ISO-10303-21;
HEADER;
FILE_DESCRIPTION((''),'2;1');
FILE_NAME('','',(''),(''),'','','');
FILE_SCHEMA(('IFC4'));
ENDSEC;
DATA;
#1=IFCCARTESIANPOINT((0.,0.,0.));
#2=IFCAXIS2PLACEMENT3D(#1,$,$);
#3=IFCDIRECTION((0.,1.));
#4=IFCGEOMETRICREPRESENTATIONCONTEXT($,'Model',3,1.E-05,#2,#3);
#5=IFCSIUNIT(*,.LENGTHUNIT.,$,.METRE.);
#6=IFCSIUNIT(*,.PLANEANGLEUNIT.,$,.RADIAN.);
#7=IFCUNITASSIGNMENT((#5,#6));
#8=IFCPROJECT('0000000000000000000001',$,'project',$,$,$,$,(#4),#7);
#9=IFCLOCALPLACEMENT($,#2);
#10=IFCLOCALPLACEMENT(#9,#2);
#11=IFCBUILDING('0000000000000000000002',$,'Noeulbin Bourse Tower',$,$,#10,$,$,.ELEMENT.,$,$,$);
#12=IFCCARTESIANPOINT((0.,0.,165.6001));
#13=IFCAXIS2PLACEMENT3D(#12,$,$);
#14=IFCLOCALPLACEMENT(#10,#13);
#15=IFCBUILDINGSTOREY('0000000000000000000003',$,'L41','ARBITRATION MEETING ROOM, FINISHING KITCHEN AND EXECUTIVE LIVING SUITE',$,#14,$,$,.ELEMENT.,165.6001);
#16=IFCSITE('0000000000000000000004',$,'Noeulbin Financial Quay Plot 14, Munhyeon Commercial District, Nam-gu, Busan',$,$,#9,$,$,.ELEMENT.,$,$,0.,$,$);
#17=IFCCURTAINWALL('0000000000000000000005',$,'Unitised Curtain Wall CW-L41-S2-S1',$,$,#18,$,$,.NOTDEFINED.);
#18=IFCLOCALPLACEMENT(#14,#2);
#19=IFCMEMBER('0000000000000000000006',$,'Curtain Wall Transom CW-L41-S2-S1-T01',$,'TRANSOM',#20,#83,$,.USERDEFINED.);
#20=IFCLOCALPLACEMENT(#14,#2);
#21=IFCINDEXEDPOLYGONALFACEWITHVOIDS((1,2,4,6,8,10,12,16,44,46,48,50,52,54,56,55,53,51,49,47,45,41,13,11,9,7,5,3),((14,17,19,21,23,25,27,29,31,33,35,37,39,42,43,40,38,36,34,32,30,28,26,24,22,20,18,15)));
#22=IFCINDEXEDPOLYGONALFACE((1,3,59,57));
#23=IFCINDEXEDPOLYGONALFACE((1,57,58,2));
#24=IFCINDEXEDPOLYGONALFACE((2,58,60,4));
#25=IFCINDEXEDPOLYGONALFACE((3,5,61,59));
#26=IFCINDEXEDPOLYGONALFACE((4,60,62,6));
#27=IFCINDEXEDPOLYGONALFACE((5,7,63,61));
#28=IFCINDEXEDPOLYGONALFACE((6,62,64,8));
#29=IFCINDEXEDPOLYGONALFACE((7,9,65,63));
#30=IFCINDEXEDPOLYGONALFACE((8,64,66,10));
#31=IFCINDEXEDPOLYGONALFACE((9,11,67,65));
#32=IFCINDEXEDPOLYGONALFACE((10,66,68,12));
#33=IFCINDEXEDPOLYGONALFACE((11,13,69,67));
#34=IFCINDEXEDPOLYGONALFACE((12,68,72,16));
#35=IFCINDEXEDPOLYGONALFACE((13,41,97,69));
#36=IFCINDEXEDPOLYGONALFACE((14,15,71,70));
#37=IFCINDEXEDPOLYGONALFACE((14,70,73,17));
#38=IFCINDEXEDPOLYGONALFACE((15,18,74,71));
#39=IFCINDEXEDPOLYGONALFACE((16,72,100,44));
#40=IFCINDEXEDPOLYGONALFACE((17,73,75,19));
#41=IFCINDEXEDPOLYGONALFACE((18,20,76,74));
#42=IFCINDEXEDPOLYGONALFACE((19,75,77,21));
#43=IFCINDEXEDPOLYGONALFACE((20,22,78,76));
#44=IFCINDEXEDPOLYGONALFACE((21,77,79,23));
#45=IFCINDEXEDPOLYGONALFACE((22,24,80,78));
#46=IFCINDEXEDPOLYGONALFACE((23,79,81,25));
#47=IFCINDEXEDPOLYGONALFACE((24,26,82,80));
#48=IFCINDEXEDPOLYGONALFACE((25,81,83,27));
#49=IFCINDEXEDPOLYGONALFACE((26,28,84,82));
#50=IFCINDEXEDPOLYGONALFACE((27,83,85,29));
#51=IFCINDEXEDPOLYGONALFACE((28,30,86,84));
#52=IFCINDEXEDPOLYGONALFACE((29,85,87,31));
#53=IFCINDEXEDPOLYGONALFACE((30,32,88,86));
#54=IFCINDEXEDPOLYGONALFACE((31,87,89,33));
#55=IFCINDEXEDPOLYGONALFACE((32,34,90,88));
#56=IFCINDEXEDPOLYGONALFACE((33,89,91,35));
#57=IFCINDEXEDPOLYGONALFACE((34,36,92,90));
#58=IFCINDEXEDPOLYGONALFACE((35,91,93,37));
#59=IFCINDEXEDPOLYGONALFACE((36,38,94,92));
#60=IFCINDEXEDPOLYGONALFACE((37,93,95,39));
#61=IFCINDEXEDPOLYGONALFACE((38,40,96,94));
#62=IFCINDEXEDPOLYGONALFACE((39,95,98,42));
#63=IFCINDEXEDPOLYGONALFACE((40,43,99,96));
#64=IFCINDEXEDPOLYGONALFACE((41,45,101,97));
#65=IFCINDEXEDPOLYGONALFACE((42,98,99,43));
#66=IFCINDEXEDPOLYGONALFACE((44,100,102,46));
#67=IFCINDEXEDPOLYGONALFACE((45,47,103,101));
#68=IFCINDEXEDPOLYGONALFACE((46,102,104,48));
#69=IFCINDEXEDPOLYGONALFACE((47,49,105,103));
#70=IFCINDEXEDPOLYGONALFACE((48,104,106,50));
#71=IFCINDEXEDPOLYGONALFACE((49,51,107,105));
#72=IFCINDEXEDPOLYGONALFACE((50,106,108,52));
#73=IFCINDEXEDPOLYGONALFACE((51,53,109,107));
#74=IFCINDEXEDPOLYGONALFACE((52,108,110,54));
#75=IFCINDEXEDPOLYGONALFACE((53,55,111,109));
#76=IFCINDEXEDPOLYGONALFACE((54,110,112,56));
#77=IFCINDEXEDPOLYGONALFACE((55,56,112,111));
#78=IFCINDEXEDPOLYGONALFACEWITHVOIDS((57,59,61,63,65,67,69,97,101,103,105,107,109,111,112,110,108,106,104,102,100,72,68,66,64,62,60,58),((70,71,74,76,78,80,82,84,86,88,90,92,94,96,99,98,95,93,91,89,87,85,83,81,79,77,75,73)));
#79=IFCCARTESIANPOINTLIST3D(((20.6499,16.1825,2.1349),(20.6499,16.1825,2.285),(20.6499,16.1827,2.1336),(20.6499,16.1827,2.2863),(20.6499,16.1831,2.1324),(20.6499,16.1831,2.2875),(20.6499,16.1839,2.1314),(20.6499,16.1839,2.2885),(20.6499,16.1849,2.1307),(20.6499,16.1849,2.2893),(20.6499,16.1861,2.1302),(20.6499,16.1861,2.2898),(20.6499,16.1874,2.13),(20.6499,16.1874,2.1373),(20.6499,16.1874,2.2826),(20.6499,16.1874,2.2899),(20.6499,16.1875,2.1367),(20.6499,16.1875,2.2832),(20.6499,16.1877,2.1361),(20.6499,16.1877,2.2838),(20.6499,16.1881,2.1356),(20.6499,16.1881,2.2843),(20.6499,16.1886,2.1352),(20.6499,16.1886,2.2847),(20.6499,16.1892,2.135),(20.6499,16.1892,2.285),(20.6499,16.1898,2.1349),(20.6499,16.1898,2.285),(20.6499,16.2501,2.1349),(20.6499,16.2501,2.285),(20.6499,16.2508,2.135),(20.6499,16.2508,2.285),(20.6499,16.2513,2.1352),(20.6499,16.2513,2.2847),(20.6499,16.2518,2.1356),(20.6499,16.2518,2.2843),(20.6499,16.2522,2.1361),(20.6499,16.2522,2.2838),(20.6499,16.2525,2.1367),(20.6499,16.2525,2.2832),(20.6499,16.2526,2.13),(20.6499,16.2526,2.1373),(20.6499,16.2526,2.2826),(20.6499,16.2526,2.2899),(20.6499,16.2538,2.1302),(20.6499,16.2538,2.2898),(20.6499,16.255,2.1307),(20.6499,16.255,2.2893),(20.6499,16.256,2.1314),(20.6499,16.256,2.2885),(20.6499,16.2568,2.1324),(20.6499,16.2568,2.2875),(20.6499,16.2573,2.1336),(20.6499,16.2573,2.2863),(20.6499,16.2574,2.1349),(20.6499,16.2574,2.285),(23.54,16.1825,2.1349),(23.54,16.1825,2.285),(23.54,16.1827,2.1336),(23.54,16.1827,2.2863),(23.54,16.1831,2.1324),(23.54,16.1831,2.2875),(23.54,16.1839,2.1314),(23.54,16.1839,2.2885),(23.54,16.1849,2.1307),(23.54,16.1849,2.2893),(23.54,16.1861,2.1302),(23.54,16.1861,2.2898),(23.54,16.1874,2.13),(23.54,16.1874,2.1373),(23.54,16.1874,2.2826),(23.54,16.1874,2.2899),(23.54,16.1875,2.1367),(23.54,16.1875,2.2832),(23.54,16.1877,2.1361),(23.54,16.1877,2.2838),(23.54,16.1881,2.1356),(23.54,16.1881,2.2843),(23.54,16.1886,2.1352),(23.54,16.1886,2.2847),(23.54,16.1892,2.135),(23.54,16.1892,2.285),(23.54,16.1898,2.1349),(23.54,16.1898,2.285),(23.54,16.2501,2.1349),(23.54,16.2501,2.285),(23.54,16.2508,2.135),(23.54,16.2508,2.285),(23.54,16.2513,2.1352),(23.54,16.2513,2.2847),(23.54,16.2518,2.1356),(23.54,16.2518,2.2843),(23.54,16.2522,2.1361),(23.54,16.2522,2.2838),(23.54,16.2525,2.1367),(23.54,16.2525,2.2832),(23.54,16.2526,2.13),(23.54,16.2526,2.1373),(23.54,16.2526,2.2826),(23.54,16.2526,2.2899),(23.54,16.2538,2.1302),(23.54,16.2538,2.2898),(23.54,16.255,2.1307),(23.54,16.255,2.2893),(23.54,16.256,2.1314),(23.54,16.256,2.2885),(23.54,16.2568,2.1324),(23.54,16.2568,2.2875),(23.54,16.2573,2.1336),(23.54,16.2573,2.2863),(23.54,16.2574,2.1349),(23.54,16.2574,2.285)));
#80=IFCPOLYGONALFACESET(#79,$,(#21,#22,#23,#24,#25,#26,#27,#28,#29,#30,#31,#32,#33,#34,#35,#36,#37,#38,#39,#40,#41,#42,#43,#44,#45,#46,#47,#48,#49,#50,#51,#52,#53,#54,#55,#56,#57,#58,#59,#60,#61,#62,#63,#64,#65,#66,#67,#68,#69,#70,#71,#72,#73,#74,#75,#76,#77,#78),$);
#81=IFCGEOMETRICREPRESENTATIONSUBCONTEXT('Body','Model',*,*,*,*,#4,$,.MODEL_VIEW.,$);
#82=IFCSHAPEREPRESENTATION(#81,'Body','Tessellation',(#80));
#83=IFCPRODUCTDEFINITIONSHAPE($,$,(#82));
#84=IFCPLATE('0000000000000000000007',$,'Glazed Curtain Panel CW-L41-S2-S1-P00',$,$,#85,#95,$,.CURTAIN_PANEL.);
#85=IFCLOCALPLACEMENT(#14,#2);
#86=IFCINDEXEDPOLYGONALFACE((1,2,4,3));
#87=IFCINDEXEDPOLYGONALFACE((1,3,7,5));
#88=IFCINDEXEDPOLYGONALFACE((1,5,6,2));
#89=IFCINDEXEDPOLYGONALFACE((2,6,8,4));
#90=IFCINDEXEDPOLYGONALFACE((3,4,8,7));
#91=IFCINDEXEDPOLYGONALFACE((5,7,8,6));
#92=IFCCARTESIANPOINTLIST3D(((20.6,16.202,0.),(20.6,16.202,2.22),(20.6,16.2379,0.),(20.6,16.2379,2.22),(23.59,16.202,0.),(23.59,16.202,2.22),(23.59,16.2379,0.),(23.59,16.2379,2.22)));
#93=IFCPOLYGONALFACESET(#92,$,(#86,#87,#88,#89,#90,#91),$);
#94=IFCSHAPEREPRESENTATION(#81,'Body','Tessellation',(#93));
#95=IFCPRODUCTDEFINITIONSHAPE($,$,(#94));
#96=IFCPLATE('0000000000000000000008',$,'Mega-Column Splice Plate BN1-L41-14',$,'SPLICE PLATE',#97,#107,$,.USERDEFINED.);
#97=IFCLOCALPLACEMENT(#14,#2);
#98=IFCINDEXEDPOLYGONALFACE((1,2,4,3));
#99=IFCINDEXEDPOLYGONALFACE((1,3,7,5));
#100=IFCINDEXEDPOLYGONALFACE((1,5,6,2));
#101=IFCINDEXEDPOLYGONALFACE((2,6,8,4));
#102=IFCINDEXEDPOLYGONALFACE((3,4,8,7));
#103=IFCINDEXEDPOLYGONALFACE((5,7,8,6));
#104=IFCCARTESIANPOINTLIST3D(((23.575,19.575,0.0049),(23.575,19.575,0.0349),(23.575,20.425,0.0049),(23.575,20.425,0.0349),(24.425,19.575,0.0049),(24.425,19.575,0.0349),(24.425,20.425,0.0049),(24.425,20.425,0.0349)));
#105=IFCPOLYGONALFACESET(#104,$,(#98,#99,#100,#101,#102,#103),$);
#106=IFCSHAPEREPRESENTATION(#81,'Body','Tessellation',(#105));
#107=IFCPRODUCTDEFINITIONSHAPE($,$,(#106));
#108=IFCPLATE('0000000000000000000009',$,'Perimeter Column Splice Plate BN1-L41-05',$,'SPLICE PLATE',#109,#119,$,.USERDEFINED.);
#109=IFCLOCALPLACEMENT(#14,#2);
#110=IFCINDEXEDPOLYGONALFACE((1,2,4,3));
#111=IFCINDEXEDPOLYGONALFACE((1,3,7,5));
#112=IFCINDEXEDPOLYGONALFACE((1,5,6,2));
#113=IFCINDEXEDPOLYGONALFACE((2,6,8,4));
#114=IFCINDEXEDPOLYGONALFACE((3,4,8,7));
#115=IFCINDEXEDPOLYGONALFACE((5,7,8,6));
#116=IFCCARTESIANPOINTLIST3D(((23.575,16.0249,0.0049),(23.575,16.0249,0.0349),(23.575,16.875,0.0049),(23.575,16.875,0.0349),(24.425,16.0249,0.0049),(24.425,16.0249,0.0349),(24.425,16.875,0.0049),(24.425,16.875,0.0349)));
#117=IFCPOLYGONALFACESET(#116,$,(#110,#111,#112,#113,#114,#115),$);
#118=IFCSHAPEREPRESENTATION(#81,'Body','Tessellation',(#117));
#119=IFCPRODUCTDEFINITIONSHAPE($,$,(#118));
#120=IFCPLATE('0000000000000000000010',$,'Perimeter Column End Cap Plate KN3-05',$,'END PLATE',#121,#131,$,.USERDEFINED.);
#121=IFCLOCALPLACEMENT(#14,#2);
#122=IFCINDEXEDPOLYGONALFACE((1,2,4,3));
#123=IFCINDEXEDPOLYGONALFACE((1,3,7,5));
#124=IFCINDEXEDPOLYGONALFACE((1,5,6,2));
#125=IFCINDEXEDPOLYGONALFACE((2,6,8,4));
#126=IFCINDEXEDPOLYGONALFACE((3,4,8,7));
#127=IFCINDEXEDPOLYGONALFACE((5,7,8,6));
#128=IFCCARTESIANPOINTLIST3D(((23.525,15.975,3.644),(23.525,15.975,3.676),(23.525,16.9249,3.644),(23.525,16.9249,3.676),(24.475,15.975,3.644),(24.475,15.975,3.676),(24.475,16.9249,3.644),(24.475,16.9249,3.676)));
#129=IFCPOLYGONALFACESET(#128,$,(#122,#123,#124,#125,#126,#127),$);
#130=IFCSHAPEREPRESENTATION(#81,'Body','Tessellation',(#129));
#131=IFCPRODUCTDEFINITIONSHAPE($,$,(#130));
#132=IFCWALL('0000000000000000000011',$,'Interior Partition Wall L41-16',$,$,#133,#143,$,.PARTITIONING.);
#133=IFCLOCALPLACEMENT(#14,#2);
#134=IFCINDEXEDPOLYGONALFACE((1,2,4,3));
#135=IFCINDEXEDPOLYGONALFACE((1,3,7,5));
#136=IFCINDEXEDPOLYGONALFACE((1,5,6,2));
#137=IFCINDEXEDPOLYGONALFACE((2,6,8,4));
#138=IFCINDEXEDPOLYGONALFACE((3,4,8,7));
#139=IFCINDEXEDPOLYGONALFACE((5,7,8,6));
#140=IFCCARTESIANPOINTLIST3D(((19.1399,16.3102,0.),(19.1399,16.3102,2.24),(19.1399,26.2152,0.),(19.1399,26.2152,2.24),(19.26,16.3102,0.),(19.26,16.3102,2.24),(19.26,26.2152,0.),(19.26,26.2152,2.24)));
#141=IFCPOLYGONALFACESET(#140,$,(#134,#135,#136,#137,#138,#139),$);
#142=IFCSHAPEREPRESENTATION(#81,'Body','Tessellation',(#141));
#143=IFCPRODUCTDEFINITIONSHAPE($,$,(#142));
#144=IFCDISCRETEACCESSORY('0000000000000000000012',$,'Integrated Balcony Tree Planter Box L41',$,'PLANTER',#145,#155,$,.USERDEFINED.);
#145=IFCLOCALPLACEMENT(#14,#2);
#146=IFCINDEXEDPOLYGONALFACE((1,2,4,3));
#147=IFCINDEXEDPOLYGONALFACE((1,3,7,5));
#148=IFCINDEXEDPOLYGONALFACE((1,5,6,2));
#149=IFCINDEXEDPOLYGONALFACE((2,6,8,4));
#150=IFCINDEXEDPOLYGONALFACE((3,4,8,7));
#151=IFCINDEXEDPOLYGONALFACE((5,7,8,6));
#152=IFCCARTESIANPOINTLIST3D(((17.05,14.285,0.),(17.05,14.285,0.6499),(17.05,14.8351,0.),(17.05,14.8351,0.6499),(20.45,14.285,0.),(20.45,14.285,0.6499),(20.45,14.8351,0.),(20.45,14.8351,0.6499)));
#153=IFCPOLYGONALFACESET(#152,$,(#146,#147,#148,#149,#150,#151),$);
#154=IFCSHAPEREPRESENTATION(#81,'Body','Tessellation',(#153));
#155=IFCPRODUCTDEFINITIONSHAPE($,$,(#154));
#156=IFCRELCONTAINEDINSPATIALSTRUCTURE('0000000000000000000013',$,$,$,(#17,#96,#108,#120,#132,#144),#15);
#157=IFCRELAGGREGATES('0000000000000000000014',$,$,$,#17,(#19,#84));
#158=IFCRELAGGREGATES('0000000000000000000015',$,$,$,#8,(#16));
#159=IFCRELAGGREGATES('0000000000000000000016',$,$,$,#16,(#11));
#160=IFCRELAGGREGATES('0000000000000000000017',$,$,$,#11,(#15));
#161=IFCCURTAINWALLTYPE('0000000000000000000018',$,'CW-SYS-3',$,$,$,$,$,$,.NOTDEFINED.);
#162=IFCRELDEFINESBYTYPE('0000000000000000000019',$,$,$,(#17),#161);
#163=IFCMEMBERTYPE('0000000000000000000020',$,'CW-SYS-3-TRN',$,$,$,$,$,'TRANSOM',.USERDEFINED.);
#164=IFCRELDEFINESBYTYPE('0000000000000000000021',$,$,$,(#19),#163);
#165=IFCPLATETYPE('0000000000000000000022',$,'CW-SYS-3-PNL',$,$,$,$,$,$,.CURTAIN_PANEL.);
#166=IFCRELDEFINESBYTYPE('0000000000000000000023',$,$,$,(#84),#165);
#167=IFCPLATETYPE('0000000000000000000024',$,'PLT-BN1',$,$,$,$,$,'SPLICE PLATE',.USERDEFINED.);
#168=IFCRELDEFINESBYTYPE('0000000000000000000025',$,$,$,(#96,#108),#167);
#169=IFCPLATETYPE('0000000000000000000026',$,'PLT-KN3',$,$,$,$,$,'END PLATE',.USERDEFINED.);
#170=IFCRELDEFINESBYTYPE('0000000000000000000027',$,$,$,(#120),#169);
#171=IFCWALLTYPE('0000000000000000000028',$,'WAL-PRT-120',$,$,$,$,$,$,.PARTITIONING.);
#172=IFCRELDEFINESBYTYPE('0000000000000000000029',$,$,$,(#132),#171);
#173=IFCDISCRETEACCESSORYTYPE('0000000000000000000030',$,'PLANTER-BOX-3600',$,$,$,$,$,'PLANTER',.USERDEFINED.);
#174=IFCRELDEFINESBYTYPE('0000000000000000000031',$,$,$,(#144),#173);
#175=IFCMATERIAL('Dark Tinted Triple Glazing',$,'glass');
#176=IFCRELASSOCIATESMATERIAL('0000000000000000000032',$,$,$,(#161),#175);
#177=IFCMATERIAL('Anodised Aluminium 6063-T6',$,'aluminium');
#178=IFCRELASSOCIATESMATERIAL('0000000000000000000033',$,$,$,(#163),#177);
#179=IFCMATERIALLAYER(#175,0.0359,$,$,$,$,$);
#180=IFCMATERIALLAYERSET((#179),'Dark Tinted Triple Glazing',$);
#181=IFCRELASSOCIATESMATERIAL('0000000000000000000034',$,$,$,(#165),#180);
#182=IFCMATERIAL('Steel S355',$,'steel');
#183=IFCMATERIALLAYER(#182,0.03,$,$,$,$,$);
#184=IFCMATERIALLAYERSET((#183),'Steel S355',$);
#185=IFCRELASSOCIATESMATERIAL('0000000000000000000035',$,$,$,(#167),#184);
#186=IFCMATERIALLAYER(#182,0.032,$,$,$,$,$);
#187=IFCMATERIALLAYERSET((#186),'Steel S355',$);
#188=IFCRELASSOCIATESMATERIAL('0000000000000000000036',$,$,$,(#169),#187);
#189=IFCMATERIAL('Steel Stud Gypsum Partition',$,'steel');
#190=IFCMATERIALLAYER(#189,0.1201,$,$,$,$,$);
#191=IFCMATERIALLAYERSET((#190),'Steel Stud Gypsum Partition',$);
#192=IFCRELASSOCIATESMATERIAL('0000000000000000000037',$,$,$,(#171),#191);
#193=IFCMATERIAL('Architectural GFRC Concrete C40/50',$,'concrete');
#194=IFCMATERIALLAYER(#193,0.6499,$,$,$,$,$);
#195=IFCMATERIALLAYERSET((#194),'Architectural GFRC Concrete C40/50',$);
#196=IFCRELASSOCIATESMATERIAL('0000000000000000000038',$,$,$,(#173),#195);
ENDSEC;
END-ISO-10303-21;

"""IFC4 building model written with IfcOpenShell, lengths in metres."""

from ifc_helpers import new_model, si_unit, direction, frame, frame_2d, origin, origin_2d, place, context, subcontext, project, spatial, rectangle, hollow_rectangle, extrude, material, layer, layer_set, material_profile, profile_set, type_object, element, aggregate, save


model = new_model("IFC4")

# Units and contexts
model_context = context("Model", 3, precision=1e-05, world=origin(), true_north=direction((0.0, 1.0)))
body_context = subcontext(model_context, "Body", "Model", "MODEL_VIEW")
ifc_project = project(units=[si_unit("LENGTHUNIT", "METRE"), si_unit("PLANEANGLEUNIT", "RADIAN")], contexts=[model_context])

# Site, building, storey
site_placement = place(None, origin())
site = spatial("IfcSite", under=ifc_project, at=site_placement, Name="Noeulbin Financial Quay Plot 14, Munhyeon Commercial District, Nam-gu, Busan", CompositionType="ELEMENT", RefElevation=0.0)
building_placement = place(site_placement, origin())
building = spatial("IfcBuilding", under=site, at=building_placement, Name="Noeulbin Bourse Tower", CompositionType="ELEMENT")
storey_placement = place(building_placement, frame((0.0, 0.0, 165.6001)))
storey = spatial("IfcBuildingStorey", under=building, at=storey_placement, Name="L41", Description="ARBITRATION MEETING ROOM, FINISHING KITCHEN AND EXECUTIVE LIVING SUITE", CompositionType="ELEMENT", Elevation=165.6001)

# Shared definitions
ifc_material_1 = material(Name="Steel S355", Category="steel")

# Curtain wall
ifc_material_2 = material(Name="Dark Tinted Triple Glazing", Category="glass")
curtain_wall_type = type_object("IfcCurtainWallType", Name="CW-SYS-3", PredefinedType="NOTDEFINED", material=ifc_material_2)
curtain_wall_1_placement = place(storey_placement, origin())
curtain_wall_1 = element("IfcCurtainWall", 1, at=curtain_wall_1_placement, inside=storey, type_object=curtain_wall_type, Name="Unitised Curtain Wall CW-L41-S2-S1", PredefinedType="NOTDEFINED")
ifc_material_3 = material(Name="Anodised Aluminium 6063-T6", Category="aluminium")

# Member
ifc_material_profile_1 = material_profile(ifc_material_3, hollow_rectangle(XDim=0.075, YDim=0.1599, WallThickness=0.0049, InnerFilletRadius=0.0024, OuterFilletRadius=0.0049, at=origin_2d()), Name="ALU-TRAN-75x160x5", Category="LoadBearing")
ifc_profile_set_1 = profile_set([ifc_material_profile_1], Name="Anodised Aluminium 6063-T6")
member_type_1 = type_object("IfcMemberType", Name="CW-SYS-3-TRN", ElementType="TRANSOM", PredefinedType="USERDEFINED", material=ifc_profile_set_1)
member_1_placement = place(storey_placement, frame((20.6499, 16.22, 2.21), z_axis=(1.0, 0.0, 0.0), x_axis=(0.0, 1.0, 0.0)))
member_1 = element("IfcMember", 2, at=member_1_placement, type_object=member_type_1, Name="Curtain Wall Transom CW-L41-S2-S1-T01", ObjectType="TRANSOM", PredefinedType="USERDEFINED", context=body_context, shape_type="SweptSolid", body=[
    extrude(hollow_rectangle(XDim=0.075, YDim=0.1599, WallThickness=0.0049, InnerFilletRadius=0.0024, OuterFilletRadius=0.0049, at=origin_2d()), origin(), (0.0, 0.0, 1.0), 2.8901),
])

# Plate
ifc_layer_1 = layer(ifc_material_2, 0.0359)
ifc_layer_set_1 = layer_set([ifc_layer_1], Name="Dark Tinted Triple Glazing")
plate_type_1 = type_object("IfcPlateType", Name="CW-SYS-3-PNL", PredefinedType="CURTAIN_PANEL", material=ifc_layer_set_1)
plate_1_placement = place(storey_placement, frame((22.095, 16.22, 0.0), z_axis=(0.0, 0.0, 1.0), x_axis=(1.0, 0.0, 0.0)))
plate_1 = element("IfcPlate", 3, at=plate_1_placement, type_object=plate_type_1, Name="Glazed Curtain Panel CW-L41-S2-S1-P00", PredefinedType="CURTAIN_PANEL", context=body_context, shape_type="SweptSolid", body=[
    extrude(rectangle(XDim=2.99, YDim=0.0359, at=origin_2d()), origin(), (0.0, 0.0, 1.0), 2.22),
])
aggregate(curtain_wall_1, [member_1, plate_1])

# Plates
ifc_layer_2 = layer(ifc_material_1, 0.03)
ifc_layer_set_2 = layer_set([ifc_layer_2], Name="Steel S355")
plate_type_2 = type_object("IfcPlateType", Name="PLT-BN1", ElementType="SPLICE PLATE", PredefinedType="USERDEFINED", material=ifc_layer_set_2)
for number, where, z_axis, x_axis, name in (
    (4, (24.0, 20.0, 0.0049), (0.0, 0.0, 1.0), (1.0, 0.0, 0.0), "Mega-Column Splice Plate BN1-L41-14"),
    (5, (24.0, 16.45, 0.0049), (0.0, 0.0, 1.0), (1.0, 0.0, 0.0), "Perimeter Column Splice Plate BN1-L41-05"),
):
    element("IfcPlate", number, at=place(storey_placement, frame(where, z_axis=z_axis, x_axis=x_axis)), inside=storey, type_object=plate_type_2, Name=name, ObjectType="SPLICE PLATE", PredefinedType="USERDEFINED", context=body_context, shape_type="SweptSolid", body=[
        extrude(rectangle(XDim=0.8501, YDim=0.8501, at=origin_2d()), origin(), (0.0, 0.0, 1.0), 0.03),
    ])
ifc_layer_3 = layer(ifc_material_1, 0.032)
ifc_layer_set_3 = layer_set([ifc_layer_3], Name="Steel S355")
plate_type_3 = type_object("IfcPlateType", Name="PLT-KN3", ElementType="END PLATE", PredefinedType="USERDEFINED", material=ifc_layer_set_3)
plate_2_placement = place(storey_placement, frame((24.0, 16.45, 3.644), z_axis=(0.0, 0.0, 1.0), x_axis=(1.0, 0.0, 0.0)))
element("IfcPlate", 6, at=plate_2_placement, inside=storey, type_object=plate_type_3, Name="Perimeter Column End Cap Plate KN3-05", ObjectType="END PLATE", PredefinedType="USERDEFINED", context=body_context, shape_type="SweptSolid", body=[
    extrude(rectangle(XDim=0.95, YDim=0.95, at=origin_2d()), origin(), (0.0, 0.0, 1.0), 0.032),
])

# Wall
ifc_material_4 = material(Name="Steel Stud Gypsum Partition", Category="steel")
ifc_layer_4 = layer(ifc_material_4, 0.1201)
ifc_layer_set_4 = layer_set([ifc_layer_4], Name="Steel Stud Gypsum Partition")
wall_type = type_object("IfcWallType", Name="WAL-PRT-120", PredefinedType="PARTITIONING", material=ifc_layer_set_4)
wall_placement = place(storey_placement, frame((19.2, 16.3101, 0.0), z_axis=(0.0, 0.0, 1.0), x_axis=(0.0, 1.0, 0.0)))
element("IfcWall", 7, at=wall_placement, inside=storey, type_object=wall_type, Name="Interior Partition Wall L41-16", PredefinedType="PARTITIONING", context=body_context, shape_type="SweptSolid", body=[
    extrude(rectangle(XDim=9.905, YDim=0.1201, at=frame_2d((4.9526, 0.0))), origin(), (0.0, 0.0, 1.0), 2.24),
])

# Discrete accessory
ifc_material_5 = material(Name="Architectural GFRC Concrete C40/50", Category="concrete")
ifc_layer_5 = layer(ifc_material_5, 0.6499)
ifc_layer_set_5 = layer_set([ifc_layer_5], Name="Architectural GFRC Concrete C40/50")
discrete_accessory_type = type_object("IfcDiscreteAccessoryType", Name="PLANTER-BOX-3600", ElementType="PLANTER", PredefinedType="USERDEFINED", material=ifc_layer_set_5)
discrete_accessory_placement = place(storey_placement, frame((18.75, 14.5601, 0.0), z_axis=(0.0, 0.0, 1.0), x_axis=(1.0, 0.0, 0.0)))
element("IfcDiscreteAccessory", 8, at=discrete_accessory_placement, inside=storey, type_object=discrete_accessory_type, Name="Integrated Balcony Tree Planter Box L41", ObjectType="PLANTER", PredefinedType="USERDEFINED", context=body_context, shape_type="SweptSolid", body=[
    extrude(rectangle(XDim=3.3999, YDim=0.55, at=origin_2d()), origin(), (0.0, 0.0, 1.0), 0.6499),
])

save(model, "model.ifc")
